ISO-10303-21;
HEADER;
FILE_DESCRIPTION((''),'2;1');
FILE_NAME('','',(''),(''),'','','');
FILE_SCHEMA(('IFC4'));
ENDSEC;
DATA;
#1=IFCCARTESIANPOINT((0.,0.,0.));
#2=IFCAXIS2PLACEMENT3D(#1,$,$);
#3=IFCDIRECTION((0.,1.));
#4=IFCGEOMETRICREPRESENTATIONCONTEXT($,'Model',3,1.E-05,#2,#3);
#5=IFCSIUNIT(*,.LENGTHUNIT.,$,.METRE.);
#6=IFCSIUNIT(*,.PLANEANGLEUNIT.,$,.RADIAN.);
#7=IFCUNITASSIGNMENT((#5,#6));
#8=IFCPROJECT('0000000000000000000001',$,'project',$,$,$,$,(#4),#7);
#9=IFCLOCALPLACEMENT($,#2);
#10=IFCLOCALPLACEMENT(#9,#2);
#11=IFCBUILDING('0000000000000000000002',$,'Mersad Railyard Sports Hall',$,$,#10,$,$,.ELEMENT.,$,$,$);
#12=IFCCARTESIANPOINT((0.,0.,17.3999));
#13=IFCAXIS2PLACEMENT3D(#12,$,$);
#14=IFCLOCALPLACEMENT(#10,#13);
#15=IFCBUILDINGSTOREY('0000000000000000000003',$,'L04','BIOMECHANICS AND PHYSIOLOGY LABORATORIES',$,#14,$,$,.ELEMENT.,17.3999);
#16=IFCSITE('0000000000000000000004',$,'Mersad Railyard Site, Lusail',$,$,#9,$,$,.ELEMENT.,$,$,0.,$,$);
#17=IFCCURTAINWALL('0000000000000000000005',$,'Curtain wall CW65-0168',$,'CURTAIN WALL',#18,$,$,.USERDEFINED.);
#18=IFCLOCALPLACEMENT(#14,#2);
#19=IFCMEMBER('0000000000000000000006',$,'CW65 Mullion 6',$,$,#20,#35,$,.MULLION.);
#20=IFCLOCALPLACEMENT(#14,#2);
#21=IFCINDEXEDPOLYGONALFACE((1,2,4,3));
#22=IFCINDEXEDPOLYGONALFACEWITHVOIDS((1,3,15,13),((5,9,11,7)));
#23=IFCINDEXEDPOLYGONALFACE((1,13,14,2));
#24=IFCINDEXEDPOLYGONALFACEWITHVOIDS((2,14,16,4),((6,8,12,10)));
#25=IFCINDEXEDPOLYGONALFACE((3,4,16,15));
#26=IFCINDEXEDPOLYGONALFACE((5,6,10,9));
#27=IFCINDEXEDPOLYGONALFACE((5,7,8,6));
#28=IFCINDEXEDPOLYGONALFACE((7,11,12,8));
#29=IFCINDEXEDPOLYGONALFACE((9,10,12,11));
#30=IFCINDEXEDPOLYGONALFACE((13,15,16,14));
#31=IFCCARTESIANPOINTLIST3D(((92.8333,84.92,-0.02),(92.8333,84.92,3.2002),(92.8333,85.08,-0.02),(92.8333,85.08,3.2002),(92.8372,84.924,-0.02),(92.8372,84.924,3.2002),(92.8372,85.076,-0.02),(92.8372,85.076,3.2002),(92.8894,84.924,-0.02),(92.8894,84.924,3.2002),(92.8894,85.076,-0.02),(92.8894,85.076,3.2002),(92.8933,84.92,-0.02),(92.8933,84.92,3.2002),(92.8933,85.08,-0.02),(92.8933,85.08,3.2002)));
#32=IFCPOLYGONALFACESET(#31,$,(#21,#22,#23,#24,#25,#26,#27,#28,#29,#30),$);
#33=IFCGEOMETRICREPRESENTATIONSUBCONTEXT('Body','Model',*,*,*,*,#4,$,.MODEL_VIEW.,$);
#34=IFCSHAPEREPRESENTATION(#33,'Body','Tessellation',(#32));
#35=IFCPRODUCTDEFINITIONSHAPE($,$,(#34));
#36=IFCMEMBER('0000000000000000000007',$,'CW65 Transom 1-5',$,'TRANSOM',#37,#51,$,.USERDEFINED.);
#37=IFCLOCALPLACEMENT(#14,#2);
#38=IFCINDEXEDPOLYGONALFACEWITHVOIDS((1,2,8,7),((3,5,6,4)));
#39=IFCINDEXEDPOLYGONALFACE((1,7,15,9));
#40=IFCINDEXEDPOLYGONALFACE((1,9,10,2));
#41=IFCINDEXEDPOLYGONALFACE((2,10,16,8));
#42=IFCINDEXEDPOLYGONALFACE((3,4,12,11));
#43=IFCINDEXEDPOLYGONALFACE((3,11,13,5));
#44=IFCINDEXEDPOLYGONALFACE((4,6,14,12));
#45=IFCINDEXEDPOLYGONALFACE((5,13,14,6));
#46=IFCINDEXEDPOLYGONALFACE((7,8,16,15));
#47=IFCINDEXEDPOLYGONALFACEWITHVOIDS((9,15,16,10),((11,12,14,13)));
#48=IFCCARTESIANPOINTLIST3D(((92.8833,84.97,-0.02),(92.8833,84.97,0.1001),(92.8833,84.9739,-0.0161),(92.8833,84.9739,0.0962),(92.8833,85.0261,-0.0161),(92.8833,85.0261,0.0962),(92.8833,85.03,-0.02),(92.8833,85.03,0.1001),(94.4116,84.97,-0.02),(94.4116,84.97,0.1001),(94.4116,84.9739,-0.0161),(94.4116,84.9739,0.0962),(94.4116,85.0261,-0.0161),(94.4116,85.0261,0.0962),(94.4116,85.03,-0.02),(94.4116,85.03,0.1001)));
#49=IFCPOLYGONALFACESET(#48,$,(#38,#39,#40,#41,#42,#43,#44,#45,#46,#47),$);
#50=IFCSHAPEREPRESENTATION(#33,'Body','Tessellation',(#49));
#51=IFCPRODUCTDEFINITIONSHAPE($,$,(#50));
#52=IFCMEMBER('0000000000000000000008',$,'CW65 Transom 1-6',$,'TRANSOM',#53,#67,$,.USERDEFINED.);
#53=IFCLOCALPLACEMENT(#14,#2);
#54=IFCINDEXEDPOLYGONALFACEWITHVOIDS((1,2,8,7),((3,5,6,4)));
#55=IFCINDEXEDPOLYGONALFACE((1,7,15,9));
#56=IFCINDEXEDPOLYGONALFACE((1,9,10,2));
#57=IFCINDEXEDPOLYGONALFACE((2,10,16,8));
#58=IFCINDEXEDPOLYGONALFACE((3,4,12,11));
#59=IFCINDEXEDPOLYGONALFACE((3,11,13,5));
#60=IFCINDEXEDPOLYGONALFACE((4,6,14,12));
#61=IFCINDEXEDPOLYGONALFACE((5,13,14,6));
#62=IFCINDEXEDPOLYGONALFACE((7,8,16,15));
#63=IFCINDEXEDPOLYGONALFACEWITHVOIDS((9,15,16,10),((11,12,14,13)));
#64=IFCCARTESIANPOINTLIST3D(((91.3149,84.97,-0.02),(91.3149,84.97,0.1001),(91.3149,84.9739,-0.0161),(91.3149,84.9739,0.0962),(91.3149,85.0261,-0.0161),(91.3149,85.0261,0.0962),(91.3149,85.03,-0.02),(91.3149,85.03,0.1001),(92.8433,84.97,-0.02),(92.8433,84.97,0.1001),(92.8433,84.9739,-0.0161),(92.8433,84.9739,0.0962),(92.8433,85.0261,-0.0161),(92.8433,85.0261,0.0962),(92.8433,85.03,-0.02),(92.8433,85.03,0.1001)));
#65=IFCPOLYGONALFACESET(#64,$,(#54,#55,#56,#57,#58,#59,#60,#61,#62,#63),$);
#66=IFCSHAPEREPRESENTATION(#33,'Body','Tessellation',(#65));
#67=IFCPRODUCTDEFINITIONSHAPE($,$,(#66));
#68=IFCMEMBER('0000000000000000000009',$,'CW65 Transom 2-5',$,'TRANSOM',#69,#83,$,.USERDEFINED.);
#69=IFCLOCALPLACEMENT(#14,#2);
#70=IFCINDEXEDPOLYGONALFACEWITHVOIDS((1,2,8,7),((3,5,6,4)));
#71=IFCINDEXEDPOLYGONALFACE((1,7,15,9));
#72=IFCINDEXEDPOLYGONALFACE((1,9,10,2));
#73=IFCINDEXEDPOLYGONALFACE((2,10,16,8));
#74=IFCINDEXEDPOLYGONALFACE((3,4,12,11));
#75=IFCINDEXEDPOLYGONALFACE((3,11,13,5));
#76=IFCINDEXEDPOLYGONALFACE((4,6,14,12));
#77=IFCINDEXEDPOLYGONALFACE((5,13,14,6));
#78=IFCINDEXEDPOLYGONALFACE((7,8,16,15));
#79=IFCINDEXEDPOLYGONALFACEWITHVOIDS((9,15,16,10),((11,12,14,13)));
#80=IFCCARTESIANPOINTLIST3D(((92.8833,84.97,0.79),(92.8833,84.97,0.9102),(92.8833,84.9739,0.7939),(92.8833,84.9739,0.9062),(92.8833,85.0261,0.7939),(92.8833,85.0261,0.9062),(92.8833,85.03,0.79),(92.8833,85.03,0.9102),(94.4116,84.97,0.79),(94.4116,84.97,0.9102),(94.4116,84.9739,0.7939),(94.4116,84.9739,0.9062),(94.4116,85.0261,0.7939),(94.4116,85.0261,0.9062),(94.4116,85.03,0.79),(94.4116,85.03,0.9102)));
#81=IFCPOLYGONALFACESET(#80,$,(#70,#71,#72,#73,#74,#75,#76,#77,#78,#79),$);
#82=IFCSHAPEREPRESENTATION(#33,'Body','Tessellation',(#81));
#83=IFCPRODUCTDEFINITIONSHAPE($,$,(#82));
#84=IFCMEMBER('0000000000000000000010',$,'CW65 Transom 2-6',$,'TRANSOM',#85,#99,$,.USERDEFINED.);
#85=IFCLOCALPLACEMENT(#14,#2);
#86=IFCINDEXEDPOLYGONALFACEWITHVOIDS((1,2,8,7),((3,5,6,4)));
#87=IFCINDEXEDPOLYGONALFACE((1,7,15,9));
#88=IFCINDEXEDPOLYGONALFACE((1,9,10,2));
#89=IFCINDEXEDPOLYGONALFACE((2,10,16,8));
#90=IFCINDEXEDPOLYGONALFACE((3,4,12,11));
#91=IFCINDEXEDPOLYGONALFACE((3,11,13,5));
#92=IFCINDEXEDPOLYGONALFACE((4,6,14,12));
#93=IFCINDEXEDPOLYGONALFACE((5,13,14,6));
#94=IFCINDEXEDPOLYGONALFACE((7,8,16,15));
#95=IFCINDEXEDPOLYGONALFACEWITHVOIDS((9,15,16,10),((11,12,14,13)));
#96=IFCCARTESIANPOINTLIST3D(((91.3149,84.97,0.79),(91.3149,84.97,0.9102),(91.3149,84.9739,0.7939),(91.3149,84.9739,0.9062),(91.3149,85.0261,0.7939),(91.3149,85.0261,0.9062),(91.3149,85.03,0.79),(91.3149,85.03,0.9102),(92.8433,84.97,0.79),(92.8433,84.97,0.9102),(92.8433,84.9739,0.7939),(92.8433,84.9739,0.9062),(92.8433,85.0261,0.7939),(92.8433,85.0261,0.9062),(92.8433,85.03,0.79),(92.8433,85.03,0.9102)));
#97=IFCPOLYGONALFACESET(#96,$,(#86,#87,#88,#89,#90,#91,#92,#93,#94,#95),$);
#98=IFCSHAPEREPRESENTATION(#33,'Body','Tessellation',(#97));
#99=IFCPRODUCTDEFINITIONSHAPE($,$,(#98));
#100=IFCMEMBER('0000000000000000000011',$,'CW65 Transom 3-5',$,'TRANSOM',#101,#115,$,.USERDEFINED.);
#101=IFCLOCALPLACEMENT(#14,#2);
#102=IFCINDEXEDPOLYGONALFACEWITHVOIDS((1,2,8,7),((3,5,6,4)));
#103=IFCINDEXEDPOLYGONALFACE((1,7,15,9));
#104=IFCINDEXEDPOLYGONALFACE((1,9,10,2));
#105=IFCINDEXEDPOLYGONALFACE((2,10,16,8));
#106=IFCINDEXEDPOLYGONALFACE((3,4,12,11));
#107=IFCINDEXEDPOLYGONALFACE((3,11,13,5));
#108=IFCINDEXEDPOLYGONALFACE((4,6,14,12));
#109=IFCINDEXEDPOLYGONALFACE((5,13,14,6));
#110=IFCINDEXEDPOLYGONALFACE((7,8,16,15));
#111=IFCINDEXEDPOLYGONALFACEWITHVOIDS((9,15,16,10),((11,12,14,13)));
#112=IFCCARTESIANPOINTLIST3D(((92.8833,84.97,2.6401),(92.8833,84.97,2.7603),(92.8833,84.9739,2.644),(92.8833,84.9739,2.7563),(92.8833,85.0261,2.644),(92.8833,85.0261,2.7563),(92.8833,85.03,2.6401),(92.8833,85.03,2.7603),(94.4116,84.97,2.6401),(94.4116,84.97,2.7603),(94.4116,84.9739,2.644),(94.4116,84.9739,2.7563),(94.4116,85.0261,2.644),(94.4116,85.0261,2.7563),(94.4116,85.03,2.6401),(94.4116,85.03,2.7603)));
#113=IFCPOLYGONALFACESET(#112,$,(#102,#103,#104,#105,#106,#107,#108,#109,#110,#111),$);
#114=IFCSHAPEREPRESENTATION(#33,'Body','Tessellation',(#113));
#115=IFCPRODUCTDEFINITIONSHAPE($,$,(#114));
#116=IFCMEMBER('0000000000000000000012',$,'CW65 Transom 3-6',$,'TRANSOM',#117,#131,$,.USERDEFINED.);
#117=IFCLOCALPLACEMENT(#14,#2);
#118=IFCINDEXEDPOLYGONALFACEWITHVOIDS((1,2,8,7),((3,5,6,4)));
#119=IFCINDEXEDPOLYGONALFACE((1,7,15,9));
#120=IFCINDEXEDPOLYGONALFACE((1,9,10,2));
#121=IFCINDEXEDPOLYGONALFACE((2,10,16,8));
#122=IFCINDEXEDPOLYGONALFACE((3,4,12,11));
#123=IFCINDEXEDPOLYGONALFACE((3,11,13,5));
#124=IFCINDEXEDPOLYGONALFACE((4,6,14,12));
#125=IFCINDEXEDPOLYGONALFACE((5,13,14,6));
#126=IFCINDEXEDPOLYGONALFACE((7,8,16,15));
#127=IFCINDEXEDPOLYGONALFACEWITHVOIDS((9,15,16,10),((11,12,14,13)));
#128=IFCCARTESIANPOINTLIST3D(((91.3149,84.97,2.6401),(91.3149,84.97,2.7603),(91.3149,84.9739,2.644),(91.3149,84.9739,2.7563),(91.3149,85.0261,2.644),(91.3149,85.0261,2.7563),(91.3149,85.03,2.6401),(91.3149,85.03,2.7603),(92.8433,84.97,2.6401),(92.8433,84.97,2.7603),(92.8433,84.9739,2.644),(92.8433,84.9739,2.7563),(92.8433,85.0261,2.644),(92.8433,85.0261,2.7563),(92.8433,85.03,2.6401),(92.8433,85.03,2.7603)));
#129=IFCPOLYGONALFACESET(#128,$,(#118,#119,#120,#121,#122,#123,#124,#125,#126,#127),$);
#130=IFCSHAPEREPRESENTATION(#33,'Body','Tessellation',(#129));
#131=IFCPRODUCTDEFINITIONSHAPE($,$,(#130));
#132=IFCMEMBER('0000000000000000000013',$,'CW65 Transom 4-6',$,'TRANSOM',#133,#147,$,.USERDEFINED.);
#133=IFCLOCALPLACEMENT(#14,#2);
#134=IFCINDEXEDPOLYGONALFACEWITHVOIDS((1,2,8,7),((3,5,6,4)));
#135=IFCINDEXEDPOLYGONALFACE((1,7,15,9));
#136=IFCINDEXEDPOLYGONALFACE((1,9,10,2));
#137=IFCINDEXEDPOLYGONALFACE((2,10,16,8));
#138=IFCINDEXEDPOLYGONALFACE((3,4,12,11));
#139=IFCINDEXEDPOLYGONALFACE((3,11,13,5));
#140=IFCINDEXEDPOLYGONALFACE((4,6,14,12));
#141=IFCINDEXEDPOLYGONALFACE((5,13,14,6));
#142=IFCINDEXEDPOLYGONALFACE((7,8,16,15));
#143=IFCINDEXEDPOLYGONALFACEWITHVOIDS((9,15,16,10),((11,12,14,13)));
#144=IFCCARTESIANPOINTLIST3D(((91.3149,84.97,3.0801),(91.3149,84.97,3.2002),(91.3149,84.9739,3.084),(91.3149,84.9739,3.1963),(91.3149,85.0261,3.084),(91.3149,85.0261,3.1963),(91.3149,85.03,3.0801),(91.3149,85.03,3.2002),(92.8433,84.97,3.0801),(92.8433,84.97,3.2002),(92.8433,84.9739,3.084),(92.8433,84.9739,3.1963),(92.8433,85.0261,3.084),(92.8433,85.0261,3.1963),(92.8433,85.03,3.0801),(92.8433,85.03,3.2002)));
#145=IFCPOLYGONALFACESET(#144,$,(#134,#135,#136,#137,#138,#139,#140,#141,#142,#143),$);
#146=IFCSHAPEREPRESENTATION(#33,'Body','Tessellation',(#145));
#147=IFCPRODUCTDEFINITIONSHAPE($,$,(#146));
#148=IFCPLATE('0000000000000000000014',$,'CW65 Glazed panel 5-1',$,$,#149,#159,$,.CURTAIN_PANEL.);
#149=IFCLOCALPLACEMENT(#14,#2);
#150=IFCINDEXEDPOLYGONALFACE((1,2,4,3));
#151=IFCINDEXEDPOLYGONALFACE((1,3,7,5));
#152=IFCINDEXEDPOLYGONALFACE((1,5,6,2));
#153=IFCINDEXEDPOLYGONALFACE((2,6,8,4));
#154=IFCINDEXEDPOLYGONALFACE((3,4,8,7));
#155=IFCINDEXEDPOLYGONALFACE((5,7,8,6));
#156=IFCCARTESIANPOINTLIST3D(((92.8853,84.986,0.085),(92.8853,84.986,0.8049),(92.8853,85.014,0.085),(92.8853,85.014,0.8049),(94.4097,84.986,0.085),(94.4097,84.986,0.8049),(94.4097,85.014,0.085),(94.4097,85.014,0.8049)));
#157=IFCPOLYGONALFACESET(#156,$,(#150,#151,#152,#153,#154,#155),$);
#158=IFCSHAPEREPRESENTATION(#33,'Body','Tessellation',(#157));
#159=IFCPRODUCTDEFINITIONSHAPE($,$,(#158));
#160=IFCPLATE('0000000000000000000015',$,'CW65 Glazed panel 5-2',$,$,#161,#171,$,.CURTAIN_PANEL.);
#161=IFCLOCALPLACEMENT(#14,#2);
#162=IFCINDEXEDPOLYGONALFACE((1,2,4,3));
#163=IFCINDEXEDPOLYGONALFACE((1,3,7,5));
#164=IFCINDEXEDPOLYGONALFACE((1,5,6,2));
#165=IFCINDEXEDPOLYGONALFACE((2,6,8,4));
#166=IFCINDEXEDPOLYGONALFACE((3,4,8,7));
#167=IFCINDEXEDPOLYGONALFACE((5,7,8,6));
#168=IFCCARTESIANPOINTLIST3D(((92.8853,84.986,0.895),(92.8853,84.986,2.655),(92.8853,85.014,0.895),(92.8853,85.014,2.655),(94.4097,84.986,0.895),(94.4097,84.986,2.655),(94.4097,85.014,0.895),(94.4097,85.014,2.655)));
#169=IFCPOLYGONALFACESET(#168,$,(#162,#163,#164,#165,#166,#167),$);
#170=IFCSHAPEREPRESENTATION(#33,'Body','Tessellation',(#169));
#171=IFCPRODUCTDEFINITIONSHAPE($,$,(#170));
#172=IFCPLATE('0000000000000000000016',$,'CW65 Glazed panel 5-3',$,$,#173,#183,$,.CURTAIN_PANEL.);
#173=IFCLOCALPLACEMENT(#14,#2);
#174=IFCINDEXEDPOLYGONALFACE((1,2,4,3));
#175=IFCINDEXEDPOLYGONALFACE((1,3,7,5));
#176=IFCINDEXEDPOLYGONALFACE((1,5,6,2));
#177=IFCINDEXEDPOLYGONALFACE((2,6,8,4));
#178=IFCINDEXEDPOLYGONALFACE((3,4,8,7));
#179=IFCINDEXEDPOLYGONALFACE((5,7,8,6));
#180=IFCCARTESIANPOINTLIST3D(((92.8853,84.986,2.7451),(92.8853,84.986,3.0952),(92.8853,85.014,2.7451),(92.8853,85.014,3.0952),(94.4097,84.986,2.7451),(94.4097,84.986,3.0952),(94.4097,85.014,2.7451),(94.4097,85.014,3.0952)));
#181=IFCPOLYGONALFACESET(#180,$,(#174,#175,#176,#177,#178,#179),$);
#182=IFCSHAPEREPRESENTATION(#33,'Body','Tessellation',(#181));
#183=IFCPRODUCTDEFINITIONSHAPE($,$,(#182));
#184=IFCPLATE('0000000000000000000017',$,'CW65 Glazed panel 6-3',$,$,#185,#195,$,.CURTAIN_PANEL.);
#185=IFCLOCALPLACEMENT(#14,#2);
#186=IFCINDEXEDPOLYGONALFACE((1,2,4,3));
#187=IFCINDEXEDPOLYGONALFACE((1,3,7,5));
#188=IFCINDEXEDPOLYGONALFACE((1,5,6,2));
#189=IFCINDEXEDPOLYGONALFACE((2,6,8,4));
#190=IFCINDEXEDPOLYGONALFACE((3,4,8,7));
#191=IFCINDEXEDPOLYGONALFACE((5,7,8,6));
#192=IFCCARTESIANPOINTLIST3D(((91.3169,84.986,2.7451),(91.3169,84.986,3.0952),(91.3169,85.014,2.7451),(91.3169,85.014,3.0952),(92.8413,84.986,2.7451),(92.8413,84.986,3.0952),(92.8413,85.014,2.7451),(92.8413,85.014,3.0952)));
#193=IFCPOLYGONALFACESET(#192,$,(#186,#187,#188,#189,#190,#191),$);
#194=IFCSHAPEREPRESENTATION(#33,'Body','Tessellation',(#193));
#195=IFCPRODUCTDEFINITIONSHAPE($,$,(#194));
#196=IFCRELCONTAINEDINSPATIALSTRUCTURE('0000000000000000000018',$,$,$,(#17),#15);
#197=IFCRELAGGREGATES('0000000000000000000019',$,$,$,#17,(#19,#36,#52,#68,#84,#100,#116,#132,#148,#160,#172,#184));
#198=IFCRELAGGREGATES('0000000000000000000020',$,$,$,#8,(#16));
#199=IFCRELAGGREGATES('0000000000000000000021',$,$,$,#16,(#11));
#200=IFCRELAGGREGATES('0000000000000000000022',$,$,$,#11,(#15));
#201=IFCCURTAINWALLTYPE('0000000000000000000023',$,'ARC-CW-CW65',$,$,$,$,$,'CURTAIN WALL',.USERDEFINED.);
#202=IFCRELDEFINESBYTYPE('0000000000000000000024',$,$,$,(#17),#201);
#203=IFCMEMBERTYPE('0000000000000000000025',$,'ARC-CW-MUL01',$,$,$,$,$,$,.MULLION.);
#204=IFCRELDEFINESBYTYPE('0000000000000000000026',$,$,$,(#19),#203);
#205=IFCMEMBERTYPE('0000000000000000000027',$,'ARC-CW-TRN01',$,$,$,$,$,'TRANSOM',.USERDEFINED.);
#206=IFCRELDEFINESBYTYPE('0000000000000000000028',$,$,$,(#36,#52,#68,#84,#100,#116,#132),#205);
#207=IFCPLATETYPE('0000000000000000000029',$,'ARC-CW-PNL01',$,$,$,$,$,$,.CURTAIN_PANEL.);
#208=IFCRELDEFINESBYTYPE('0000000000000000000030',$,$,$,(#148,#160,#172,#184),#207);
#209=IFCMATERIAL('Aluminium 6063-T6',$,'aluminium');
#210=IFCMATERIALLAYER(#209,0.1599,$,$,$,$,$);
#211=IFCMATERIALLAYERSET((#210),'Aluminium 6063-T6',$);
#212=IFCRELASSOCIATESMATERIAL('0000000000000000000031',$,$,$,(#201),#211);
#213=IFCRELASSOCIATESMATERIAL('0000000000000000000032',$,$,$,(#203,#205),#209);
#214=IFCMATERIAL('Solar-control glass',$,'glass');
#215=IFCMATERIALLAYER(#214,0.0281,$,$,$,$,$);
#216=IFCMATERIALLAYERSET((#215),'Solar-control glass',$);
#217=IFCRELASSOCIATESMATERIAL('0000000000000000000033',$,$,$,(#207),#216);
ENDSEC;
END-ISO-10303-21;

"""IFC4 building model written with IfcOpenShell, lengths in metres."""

from ifc_helpers import new_model, si_unit, direction, frame, origin, origin_2d, place, context, subcontext, project, spatial, rectangle, hollow_rectangle, extrude, material, layer, layer_set, material_profile, profile_set, type_object, element, aggregate, save


model = new_model("IFC4")

# Units and contexts
model_context = context("Model", 3, precision=1e-05, world=origin(), true_north=direction((0.0, 1.0)))
body_context = subcontext(model_context, "Body", "Model", "MODEL_VIEW")
ifc_project = project(units=[si_unit("LENGTHUNIT", "METRE"), si_unit("PLANEANGLEUNIT", "RADIAN")], contexts=[model_context])

# Site, building, storey
site_placement = place(None, origin())
site = spatial("IfcSite", under=ifc_project, at=site_placement, Name="Mersad Railyard Site, Lusail", CompositionType="ELEMENT", RefElevation=0.0)
building_placement = place(site_placement, origin())
building = spatial("IfcBuilding", under=site, at=building_placement, Name="Mersad Railyard Sports Hall", CompositionType="ELEMENT")
storey_placement = place(building_placement, frame((0.0, 0.0, 17.3999)))
storey = spatial("IfcBuildingStorey", under=building, at=storey_placement, Name="L04", Description="BIOMECHANICS AND PHYSIOLOGY LABORATORIES", CompositionType="ELEMENT", Elevation=17.3999)

# Curtain wall, members, plates
ifc_material_1 = material(Name="Aluminium 6063-T6", Category="aluminium")
ifc_layer_1 = layer(ifc_material_1, 0.1599)
ifc_layer_set_1 = layer_set([ifc_layer_1], Name="Aluminium 6063-T6")
curtain_wall_type = type_object("IfcCurtainWallType", Name="ARC-CW-CW65", ElementType="CURTAIN WALL", PredefinedType="USERDEFINED", material=ifc_layer_set_1)
curtain_wall_placement = place(storey_placement, origin())
curtain_wall = element("IfcCurtainWall", 1, at=curtain_wall_placement, inside=storey, type_object=curtain_wall_type, Name="Curtain wall CW65-0168", ObjectType="CURTAIN WALL", PredefinedType="USERDEFINED")
ifc_material_profile_1 = material_profile(ifc_material_1, hollow_rectangle(XDim=0.0601, YDim=0.1599, WallThickness=0.0039, at=origin_2d()), Name="AL MULLION 60x160x4")
ifc_profile_set_1 = profile_set([ifc_material_profile_1], Name="Aluminium 6063-T6")
member_type_1 = type_object("IfcMemberType", Name="ARC-CW-MUL01", PredefinedType="MULLION", material=ifc_profile_set_1)
member_1_placement = place(storey_placement, frame((92.8633, 85.0, -0.02), z_axis=(0.0, 0.0, 1.0), x_axis=(1.0, 0.0, 0.0)))
member_1 = element("IfcMember", 2, at=member_1_placement, type_object=member_type_1, Name="CW65 Mullion 6", PredefinedType="MULLION", context=body_context, shape_type="SweptSolid", body=[
    extrude(hollow_rectangle(XDim=0.0601, YDim=0.1599, WallThickness=0.0039, at=origin_2d()), origin(), (0.0, 0.0, 1.0), 3.2202),
])
ifc_material_profile_2 = material_profile(ifc_material_1, hollow_rectangle(XDim=0.0601, YDim=0.1201, WallThickness=0.0039, at=origin_2d()), Name="AL TRANSOM 60x120x4")
ifc_profile_set_2 = profile_set([ifc_material_profile_2], Name="Aluminium 6063-T6")
member_type_2 = type_object("IfcMemberType", Name="ARC-CW-TRN01", ElementType="TRANSOM", PredefinedType="USERDEFINED", material=ifc_profile_set_2)
member_2_placement = place(storey_placement, frame((94.4116, 85.0, 0.04), z_axis=(-1.0, 0.0, 0.0), x_axis=(0.0, -1.0, 0.0)))
member_2 = element("IfcMember", 3, at=member_2_placement, type_object=member_type_2, Name="CW65 Transom 1-5", ObjectType="TRANSOM", PredefinedType="USERDEFINED", context=body_context, shape_type="SweptSolid", body=[
    extrude(hollow_rectangle(XDim=0.0601, YDim=0.1201, WallThickness=0.0039, at=origin_2d()), origin(), (0.0, 0.0, 1.0), 1.5283),
])
member_3_placement = place(storey_placement, frame((92.8433, 85.0, 0.04), z_axis=(-1.0, 0.0, 0.0), x_axis=(0.0, -1.0, 0.0)))
member_3 = element("IfcMember", 4, at=member_3_placement, type_object=member_type_2, Name="CW65 Transom 1-6", ObjectType="TRANSOM", PredefinedType="USERDEFINED", context=body_context, shape_type="SweptSolid", body=[
    extrude(hollow_rectangle(XDim=0.0601, YDim=0.1201, WallThickness=0.0039, at=origin_2d()), origin(), (0.0, 0.0, 1.0), 1.5283),
])
member_4_placement = place(storey_placement, frame((94.4116, 85.0, 0.8501), z_axis=(-1.0, 0.0, 0.0), x_axis=(0.0, -1.0, 0.0)))
member_4 = element("IfcMember", 5, at=member_4_placement, type_object=member_type_2, Name="CW65 Transom 2-5", ObjectType="TRANSOM", PredefinedType="USERDEFINED", context=body_context, shape_type="SweptSolid", body=[
    extrude(hollow_rectangle(XDim=0.0601, YDim=0.1201, WallThickness=0.0039, at=origin_2d()), origin(), (0.0, 0.0, 1.0), 1.5283),
])
member_5_placement = place(storey_placement, frame((92.8433, 85.0, 0.8501), z_axis=(-1.0, 0.0, 0.0), x_axis=(0.0, -1.0, 0.0)))
member_5 = element("IfcMember", 6, at=member_5_placement, type_object=member_type_2, Name="CW65 Transom 2-6", ObjectType="TRANSOM", PredefinedType="USERDEFINED", context=body_context, shape_type="SweptSolid", body=[
    extrude(hollow_rectangle(XDim=0.0601, YDim=0.1201, WallThickness=0.0039, at=origin_2d()), origin(), (0.0, 0.0, 1.0), 1.5283),
])
member_6_placement = place(storey_placement, frame((94.4116, 85.0, 2.7002), z_axis=(-1.0, 0.0, 0.0), x_axis=(0.0, -1.0, 0.0)))
member_6 = element("IfcMember", 7, at=member_6_placement, type_object=member_type_2, Name="CW65 Transom 3-5", ObjectType="TRANSOM", PredefinedType="USERDEFINED", context=body_context, shape_type="SweptSolid", body=[
    extrude(hollow_rectangle(XDim=0.0601, YDim=0.1201, WallThickness=0.0039, at=origin_2d()), origin(), (0.0, 0.0, 1.0), 1.5283),
])
member_7_placement = place(storey_placement, frame((92.8433, 85.0, 2.7002), z_axis=(-1.0, 0.0, 0.0), x_axis=(0.0, -1.0, 0.0)))
member_7 = element("IfcMember", 8, at=member_7_placement, type_object=member_type_2, Name="CW65 Transom 3-6", ObjectType="TRANSOM", PredefinedType="USERDEFINED", context=body_context, shape_type="SweptSolid", body=[
    extrude(hollow_rectangle(XDim=0.0601, YDim=0.1201, WallThickness=0.0039, at=origin_2d()), origin(), (0.0, 0.0, 1.0), 1.5283),
])
member_8_placement = place(storey_placement, frame((92.8433, 85.0, 3.1401), z_axis=(-1.0, 0.0, 0.0), x_axis=(0.0, -1.0, 0.0)))
member_8 = element("IfcMember", 9, at=member_8_placement, type_object=member_type_2, Name="CW65 Transom 4-6", ObjectType="TRANSOM", PredefinedType="USERDEFINED", context=body_context, shape_type="SweptSolid", body=[
    extrude(hollow_rectangle(XDim=0.0601, YDim=0.1201, WallThickness=0.0039, at=origin_2d()), origin(), (0.0, 0.0, 1.0), 1.5283),
])
ifc_material_2 = material(Name="Solar-control glass", Category="glass")
ifc_layer_2 = layer(ifc_material_2, 0.0281)
ifc_layer_set_2 = layer_set([ifc_layer_2], Name="Solar-control glass")
plate_type = type_object("IfcPlateType", Name="ARC-CW-PNL01", PredefinedType="CURTAIN_PANEL", material=ifc_layer_set_2)
plate_1_placement = place(storey_placement, frame((93.6475, 85.0, 0.085), z_axis=(0.0, 0.0, 1.0), x_axis=(-1.0, 0.0, 0.0)))
plate_1 = element("IfcPlate", 10, at=plate_1_placement, type_object=plate_type, Name="CW65 Glazed panel 5-1", PredefinedType="CURTAIN_PANEL", context=body_context, shape_type="SweptSolid", body=[
    extrude(rectangle(XDim=1.5244, YDim=0.0281, at=origin_2d()), origin(), (0.0, 0.0, 1.0), 0.72),
])
plate_2_placement = place(storey_placement, frame((93.6475, 85.0, 0.895), z_axis=(0.0, 0.0, 1.0), x_axis=(-1.0, 0.0, 0.0)))
plate_2 = element("IfcPlate", 11, at=plate_2_placement, type_object=plate_type, Name="CW65 Glazed panel 5-2", PredefinedType="CURTAIN_PANEL", context=body_context, shape_type="SweptSolid", body=[
    extrude(rectangle(XDim=1.5244, YDim=0.0281, at=origin_2d()), origin(), (0.0, 0.0, 1.0), 1.76),
])
plate_3_placement = place(storey_placement, frame((93.6475, 85.0, 2.7451), z_axis=(0.0, 0.0, 1.0), x_axis=(-1.0, 0.0, 0.0)))
plate_3 = element("IfcPlate", 12, at=plate_3_placement, type_object=plate_type, Name="CW65 Glazed panel 5-3", PredefinedType="CURTAIN_PANEL", context=body_context, shape_type="SweptSolid", body=[
    extrude(rectangle(XDim=1.5244, YDim=0.0281, at=origin_2d()), origin(), (0.0, 0.0, 1.0), 0.3501),
])
plate_4_placement = place(storey_placement, frame((92.0791, 85.0, 2.7451), z_axis=(0.0, 0.0, 1.0), x_axis=(-1.0, 0.0, 0.0)))
plate_4 = element("IfcPlate", 13, at=plate_4_placement, type_object=plate_type, Name="CW65 Glazed panel 6-3", PredefinedType="CURTAIN_PANEL", context=body_context, shape_type="SweptSolid", body=[
    extrude(rectangle(XDim=1.5244, YDim=0.0281, at=origin_2d()), origin(), (0.0, 0.0, 1.0), 0.3501),
])
aggregate(curtain_wall, [member_1, member_2, member_3, member_4, member_5, member_6, member_7, member_8, plate_1, plate_2, plate_3, plate_4])

save(model, "model.ifc")
